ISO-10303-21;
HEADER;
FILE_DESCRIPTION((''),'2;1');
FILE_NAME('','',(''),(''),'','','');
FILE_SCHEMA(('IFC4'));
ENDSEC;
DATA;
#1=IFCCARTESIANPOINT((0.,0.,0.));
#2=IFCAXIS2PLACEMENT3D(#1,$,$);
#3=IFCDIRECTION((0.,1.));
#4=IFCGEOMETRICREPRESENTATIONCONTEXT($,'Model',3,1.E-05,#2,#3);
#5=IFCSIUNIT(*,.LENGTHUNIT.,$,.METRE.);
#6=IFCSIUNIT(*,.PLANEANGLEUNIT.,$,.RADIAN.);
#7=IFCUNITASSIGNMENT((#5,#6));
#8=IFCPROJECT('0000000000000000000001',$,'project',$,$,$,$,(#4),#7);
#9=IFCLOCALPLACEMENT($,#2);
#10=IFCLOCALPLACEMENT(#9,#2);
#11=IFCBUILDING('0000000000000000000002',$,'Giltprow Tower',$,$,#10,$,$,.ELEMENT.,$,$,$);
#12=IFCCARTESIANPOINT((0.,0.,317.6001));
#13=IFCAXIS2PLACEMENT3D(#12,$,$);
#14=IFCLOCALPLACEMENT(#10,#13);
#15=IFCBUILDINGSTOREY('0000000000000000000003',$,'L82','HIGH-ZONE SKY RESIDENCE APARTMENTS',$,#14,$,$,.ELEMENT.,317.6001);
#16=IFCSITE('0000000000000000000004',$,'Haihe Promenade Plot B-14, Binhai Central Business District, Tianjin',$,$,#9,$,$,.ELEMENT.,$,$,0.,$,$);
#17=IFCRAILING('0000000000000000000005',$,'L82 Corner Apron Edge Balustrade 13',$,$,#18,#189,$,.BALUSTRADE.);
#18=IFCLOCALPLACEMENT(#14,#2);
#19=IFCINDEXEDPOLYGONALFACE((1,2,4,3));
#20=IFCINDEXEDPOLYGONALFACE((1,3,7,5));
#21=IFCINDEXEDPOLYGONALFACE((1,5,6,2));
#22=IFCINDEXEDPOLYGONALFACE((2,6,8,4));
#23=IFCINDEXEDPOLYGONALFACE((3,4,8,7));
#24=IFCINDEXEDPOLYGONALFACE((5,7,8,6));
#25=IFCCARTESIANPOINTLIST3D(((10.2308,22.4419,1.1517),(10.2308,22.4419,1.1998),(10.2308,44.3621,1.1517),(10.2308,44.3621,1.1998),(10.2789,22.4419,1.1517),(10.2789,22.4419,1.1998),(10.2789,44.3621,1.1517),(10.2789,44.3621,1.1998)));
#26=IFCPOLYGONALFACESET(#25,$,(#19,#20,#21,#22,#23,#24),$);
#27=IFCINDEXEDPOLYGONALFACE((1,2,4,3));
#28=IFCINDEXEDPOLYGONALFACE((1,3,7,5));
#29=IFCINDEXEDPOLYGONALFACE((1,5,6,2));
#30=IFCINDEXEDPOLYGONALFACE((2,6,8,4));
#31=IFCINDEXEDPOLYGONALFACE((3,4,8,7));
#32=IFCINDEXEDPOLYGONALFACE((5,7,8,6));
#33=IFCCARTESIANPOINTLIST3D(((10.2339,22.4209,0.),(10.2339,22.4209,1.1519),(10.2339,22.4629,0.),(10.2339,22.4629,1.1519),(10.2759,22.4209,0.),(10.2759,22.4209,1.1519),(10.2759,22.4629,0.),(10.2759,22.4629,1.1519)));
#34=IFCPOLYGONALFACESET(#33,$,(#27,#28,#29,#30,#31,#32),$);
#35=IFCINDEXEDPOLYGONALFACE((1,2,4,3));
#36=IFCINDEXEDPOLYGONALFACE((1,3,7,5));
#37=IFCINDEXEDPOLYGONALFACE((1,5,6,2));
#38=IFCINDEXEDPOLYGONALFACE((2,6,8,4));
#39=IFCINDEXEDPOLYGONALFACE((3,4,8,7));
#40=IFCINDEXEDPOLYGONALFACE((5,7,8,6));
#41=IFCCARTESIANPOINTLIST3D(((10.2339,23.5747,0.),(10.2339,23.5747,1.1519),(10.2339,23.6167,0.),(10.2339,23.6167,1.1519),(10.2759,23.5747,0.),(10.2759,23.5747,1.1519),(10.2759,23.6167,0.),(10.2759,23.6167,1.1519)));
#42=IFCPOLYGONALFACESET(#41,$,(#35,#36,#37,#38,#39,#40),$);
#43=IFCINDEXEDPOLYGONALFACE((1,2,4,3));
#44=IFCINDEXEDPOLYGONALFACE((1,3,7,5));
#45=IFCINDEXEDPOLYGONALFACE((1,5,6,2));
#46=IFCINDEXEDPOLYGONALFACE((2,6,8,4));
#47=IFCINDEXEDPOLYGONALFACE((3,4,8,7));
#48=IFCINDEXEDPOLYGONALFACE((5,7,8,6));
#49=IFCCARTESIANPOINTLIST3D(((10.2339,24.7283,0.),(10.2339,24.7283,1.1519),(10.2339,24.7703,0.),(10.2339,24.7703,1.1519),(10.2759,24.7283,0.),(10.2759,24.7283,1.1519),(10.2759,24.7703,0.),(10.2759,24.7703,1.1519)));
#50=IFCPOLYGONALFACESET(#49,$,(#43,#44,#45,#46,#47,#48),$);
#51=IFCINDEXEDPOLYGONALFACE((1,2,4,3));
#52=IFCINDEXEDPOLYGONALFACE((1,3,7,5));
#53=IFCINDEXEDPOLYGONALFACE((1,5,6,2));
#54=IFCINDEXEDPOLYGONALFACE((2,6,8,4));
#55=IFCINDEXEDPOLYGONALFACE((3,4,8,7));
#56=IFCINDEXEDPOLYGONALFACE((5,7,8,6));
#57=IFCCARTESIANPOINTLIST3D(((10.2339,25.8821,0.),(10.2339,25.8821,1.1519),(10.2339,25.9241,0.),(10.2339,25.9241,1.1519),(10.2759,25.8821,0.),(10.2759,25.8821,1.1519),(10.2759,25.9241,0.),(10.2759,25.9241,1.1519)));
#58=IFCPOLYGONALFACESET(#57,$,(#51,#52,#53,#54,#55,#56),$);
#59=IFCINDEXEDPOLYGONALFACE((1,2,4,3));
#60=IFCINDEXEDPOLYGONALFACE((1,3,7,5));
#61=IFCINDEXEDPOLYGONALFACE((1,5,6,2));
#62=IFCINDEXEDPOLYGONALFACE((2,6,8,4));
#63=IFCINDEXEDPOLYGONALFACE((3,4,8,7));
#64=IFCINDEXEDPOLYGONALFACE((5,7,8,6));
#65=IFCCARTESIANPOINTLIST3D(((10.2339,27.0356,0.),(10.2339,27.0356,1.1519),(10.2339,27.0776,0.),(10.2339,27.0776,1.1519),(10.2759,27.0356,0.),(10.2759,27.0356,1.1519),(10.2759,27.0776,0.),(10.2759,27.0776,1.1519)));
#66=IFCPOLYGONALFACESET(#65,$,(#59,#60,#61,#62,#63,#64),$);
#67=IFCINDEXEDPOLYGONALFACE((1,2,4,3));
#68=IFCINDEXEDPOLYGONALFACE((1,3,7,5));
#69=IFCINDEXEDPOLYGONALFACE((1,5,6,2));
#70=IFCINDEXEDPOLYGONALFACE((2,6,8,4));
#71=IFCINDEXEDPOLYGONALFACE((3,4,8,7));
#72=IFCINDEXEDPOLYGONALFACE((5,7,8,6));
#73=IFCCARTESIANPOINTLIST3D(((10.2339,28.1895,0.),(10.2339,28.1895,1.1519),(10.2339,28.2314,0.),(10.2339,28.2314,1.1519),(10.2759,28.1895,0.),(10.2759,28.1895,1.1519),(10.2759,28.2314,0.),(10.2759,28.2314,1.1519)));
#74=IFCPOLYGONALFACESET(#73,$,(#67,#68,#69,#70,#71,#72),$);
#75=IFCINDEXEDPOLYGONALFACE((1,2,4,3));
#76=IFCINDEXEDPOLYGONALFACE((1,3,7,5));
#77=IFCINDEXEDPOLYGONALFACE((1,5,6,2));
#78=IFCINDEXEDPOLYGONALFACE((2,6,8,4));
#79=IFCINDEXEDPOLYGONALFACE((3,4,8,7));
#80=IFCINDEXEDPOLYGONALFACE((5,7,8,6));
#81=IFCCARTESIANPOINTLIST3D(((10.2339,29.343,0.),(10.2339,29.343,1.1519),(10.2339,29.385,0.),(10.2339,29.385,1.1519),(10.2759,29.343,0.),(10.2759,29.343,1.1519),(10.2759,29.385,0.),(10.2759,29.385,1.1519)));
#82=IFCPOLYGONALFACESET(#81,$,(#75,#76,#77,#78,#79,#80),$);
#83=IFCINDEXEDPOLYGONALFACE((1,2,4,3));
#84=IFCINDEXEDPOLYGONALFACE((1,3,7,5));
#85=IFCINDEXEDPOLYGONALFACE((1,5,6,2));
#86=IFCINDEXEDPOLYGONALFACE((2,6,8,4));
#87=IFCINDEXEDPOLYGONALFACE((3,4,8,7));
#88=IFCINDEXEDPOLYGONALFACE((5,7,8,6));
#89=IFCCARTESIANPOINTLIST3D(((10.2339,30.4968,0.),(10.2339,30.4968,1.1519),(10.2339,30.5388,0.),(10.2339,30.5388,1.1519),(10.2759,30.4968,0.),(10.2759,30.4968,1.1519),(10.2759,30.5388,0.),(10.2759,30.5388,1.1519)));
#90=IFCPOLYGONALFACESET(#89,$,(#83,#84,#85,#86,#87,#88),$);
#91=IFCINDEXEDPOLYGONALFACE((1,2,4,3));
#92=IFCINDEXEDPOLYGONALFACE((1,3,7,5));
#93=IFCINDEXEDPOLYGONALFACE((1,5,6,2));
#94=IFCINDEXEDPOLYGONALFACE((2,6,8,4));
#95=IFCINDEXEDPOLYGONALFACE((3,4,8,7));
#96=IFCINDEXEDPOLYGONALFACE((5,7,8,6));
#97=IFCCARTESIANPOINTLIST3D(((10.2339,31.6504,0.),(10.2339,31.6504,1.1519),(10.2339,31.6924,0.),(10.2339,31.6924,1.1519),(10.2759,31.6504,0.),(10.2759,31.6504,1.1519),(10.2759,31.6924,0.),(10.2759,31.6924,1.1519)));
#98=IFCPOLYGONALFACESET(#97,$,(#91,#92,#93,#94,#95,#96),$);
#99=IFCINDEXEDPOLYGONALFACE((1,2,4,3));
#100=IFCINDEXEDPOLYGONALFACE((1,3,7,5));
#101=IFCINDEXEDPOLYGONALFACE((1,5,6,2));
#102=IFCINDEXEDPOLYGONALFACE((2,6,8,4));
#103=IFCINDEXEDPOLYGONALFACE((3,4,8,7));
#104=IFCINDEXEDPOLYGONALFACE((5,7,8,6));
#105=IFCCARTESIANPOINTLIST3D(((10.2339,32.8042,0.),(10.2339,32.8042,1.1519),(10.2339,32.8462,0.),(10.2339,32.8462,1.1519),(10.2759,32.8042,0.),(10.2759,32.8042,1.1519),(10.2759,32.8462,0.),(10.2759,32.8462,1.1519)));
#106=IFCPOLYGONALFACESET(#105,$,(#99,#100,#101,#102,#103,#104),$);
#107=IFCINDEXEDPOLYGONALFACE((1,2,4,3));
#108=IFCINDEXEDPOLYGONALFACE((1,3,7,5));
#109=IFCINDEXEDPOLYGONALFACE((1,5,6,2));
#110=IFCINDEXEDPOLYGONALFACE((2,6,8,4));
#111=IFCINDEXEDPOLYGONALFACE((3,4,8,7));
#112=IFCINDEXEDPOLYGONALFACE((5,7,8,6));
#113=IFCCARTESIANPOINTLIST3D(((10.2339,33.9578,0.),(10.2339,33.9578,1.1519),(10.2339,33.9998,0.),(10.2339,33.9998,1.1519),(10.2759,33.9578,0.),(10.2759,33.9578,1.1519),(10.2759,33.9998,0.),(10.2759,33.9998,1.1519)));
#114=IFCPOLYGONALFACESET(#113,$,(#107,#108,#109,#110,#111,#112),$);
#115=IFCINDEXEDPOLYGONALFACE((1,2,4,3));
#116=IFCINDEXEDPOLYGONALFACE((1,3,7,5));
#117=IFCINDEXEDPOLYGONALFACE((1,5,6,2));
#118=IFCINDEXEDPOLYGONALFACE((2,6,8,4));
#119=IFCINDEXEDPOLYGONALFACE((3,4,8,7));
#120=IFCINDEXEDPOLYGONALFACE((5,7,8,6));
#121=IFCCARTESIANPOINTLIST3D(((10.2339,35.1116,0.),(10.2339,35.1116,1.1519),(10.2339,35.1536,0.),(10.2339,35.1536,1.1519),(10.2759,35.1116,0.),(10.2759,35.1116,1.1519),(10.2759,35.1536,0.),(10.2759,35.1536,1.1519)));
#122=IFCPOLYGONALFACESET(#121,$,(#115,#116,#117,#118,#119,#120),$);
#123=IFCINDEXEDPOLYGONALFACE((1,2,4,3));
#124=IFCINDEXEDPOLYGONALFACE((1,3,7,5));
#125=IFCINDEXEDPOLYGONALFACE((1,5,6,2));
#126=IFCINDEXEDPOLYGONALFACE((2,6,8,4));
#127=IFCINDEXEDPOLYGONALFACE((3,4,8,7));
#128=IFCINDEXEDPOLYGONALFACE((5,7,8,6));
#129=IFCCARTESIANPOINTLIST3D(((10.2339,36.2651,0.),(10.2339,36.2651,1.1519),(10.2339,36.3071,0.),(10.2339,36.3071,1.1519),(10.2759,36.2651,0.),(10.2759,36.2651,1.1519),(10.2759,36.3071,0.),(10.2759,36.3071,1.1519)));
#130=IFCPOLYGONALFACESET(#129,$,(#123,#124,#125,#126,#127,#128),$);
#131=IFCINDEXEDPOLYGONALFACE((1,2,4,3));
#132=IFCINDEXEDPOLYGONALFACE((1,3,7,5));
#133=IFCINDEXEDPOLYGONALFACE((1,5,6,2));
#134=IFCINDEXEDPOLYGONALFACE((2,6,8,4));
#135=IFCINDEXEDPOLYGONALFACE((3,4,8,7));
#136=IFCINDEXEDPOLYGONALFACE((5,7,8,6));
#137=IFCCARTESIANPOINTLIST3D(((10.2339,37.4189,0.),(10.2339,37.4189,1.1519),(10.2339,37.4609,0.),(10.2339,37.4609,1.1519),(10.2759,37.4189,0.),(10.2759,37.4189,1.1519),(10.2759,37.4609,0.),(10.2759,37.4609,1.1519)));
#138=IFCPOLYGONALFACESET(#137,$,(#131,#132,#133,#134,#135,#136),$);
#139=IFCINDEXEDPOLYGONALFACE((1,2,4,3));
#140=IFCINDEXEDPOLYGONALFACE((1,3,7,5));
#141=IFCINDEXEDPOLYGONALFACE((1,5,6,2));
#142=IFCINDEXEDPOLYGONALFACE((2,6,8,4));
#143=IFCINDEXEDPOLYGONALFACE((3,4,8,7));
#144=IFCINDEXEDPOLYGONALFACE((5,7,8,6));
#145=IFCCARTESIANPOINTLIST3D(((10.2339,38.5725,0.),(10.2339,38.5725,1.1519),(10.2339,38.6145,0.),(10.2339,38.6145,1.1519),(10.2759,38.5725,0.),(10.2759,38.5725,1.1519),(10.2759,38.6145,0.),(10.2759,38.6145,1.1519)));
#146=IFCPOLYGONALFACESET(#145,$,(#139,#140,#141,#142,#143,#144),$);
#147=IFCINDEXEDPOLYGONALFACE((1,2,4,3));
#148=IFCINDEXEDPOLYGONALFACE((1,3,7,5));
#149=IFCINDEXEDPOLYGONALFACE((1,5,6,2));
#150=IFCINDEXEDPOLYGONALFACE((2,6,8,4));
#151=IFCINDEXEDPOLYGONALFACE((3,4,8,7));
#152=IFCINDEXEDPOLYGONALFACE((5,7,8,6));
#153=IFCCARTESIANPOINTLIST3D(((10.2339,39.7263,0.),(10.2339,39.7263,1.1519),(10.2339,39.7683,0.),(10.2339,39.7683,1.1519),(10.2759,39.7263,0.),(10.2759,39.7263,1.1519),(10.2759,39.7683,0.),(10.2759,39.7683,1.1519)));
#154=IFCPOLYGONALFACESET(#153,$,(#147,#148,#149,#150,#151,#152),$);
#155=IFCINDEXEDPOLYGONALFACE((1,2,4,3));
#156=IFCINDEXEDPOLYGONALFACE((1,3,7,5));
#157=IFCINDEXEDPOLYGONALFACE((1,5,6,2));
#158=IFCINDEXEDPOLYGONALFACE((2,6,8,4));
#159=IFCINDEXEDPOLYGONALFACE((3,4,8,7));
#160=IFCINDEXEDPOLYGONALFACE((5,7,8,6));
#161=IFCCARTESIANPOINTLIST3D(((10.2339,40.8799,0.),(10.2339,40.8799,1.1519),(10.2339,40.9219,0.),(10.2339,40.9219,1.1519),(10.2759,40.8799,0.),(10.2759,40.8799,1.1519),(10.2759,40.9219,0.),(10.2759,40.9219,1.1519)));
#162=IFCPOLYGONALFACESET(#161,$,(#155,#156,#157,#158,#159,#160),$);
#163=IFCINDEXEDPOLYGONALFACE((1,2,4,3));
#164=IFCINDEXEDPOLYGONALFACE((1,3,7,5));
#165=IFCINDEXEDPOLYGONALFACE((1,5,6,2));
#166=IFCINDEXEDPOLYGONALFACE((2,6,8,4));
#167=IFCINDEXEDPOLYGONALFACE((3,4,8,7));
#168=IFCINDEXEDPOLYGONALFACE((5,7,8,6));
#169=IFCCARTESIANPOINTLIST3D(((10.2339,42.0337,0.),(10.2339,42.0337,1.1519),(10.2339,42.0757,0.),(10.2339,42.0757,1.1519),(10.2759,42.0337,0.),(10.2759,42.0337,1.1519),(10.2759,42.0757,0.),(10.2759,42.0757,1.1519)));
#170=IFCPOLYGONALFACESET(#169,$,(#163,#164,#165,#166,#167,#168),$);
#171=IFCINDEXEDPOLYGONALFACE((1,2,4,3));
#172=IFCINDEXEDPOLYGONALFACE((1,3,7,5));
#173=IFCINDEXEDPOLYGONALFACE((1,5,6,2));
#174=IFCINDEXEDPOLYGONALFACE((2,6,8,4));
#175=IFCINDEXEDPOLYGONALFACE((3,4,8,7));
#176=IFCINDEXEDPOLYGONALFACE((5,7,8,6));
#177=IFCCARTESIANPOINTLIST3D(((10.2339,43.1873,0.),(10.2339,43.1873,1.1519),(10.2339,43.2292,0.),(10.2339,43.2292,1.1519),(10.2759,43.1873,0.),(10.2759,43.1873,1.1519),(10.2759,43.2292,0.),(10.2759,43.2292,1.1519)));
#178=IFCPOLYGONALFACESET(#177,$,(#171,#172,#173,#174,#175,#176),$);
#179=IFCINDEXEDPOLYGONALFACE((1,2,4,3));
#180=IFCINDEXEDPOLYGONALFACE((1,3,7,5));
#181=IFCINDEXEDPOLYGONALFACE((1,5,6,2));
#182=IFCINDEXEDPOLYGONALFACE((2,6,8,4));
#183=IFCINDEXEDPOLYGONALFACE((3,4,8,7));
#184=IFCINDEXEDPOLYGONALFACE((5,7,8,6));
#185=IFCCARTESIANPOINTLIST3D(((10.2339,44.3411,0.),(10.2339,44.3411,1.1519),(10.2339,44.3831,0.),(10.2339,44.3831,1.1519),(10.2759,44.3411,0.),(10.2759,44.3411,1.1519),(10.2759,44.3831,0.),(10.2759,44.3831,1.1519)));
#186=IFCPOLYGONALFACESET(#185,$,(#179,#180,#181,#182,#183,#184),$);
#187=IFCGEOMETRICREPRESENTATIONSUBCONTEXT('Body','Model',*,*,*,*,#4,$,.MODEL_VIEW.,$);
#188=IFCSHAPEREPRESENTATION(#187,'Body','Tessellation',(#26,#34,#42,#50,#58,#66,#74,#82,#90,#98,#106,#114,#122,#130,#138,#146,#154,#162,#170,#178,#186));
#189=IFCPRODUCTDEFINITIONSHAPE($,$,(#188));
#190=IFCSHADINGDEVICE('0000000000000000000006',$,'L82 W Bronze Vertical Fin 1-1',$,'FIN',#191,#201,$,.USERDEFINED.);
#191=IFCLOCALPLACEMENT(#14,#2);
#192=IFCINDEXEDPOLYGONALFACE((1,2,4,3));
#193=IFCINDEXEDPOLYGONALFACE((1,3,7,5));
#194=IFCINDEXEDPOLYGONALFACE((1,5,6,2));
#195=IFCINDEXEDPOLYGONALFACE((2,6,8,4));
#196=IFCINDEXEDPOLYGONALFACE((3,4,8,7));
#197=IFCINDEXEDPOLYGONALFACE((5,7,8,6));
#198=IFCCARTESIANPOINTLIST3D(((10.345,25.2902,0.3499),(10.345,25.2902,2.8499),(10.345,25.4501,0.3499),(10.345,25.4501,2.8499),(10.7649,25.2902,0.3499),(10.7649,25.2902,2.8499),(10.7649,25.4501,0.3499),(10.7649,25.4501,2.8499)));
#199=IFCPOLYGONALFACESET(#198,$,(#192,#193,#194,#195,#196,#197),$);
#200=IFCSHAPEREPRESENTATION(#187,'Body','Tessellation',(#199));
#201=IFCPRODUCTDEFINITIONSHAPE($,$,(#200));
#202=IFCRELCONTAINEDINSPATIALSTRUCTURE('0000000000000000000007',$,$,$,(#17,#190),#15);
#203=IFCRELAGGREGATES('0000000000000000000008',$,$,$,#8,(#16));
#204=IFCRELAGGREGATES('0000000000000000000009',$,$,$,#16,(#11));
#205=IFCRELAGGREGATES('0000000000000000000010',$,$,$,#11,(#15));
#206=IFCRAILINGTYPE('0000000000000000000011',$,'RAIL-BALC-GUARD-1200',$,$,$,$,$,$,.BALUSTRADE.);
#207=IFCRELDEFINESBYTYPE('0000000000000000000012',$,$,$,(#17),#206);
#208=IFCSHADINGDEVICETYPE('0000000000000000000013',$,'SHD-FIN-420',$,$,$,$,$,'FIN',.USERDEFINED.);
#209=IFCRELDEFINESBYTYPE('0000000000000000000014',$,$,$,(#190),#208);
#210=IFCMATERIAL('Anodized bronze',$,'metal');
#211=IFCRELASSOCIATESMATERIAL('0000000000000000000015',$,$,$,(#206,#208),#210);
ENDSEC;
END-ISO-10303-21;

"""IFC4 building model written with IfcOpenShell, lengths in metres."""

from ifc_helpers import new_model, si_unit, direction, frame, origin, origin_2d, place, context, subcontext, project, spatial, rectangle, extrude, source, transform, mapped, material, type_object, element, save


model = new_model("IFC4")

# Units and contexts
model_context = context("Model", 3, precision=1e-05, world=origin(), true_north=direction((0.0, 1.0)))
body_context = subcontext(model_context, "Body", "Model", "MODEL_VIEW")
ifc_project = project(units=[si_unit("LENGTHUNIT", "METRE"), si_unit("PLANEANGLEUNIT", "RADIAN")], contexts=[model_context])

# Site, building, storey
site_placement = place(None, origin())
site = spatial("IfcSite", under=ifc_project, at=site_placement, Name="Haihe Promenade Plot B-14, Binhai Central Business District, Tianjin", CompositionType="ELEMENT", RefElevation=0.0)
building_placement = place(site_placement, origin())
building = spatial("IfcBuilding", under=site, at=building_placement, Name="Giltprow Tower", CompositionType="ELEMENT")
storey_placement = place(building_placement, frame((0.0, 0.0, 317.6001)))
storey = spatial("IfcBuildingStorey", under=building, at=storey_placement, Name="L82", Description="HIGH-ZONE SKY RESIDENCE APARTMENTS", CompositionType="ELEMENT", Elevation=317.6001)

# Railing
ifc_material_1 = material(Name="Anodized bronze", Category="metal")
railing_type = type_object("IfcRailingType", Name="RAIL-BALC-GUARD-1200", PredefinedType="BALUSTRADE", material=ifc_material_1)
railing_1_placement = place(storey_placement, frame((10.2549, 22.4419, 0.0)))
element("IfcRailing", 1, at=railing_1_placement, inside=storey, type_object=railing_type, Name="L82 Corner Apron Edge Balustrade 13", PredefinedType="BALUSTRADE", context=body_context, shape_type="SweptSolid", body=[
    extrude(rectangle(XDim=0.0481, YDim=0.0481, at=origin_2d()), frame((0.0, 0.0, 1.1758), z_axis=(0.0, 1.0, 0.0), x_axis=(-1.0, 0.0, 0.0)), (0.0, 0.0, 1.0), 21.9202),
    extrude(rectangle(XDim=0.042, YDim=0.042, at=origin_2d()), origin(), (0.0, 0.0, 1.0), 1.1519),
    extrude(rectangle(XDim=0.042, YDim=0.042, at=origin_2d()), frame((0.0, 1.1538, 0.0)), (0.0, 0.0, 1.0), 1.1519),
    extrude(rectangle(XDim=0.042, YDim=0.042, at=origin_2d()), frame((0.0, 2.3074, 0.0)), (0.0, 0.0, 1.0), 1.1519),
    extrude(rectangle(XDim=0.042, YDim=0.042, at=origin_2d()), frame((0.0, 3.4612, 0.0)), (0.0, 0.0, 1.0), 1.1519),
    extrude(rectangle(XDim=0.042, YDim=0.042, at=origin_2d()), frame((0.0, 4.6147, 0.0)), (0.0, 0.0, 1.0), 1.1519),
    extrude(rectangle(XDim=0.042, YDim=0.042, at=origin_2d()), frame((0.0, 5.7686, 0.0)), (0.0, 0.0, 1.0), 1.1519),
    extrude(rectangle(XDim=0.042, YDim=0.042, at=origin_2d()), frame((0.0, 6.9221, 0.0)), (0.0, 0.0, 1.0), 1.1519),
    extrude(rectangle(XDim=0.042, YDim=0.042, at=origin_2d()), frame((0.0, 8.0759, 0.0)), (0.0, 0.0, 1.0), 1.1519),
    extrude(rectangle(XDim=0.042, YDim=0.042, at=origin_2d()), frame((0.0, 9.2295, 0.0)), (0.0, 0.0, 1.0), 1.1519),
    extrude(rectangle(XDim=0.042, YDim=0.042, at=origin_2d()), frame((0.0, 10.3833, 0.0)), (0.0, 0.0, 1.0), 1.1519),
    extrude(rectangle(XDim=0.042, YDim=0.042, at=origin_2d()), frame((0.0, 11.5369, 0.0)), (0.0, 0.0, 1.0), 1.1519),
    extrude(rectangle(XDim=0.042, YDim=0.042, at=origin_2d()), frame((0.0, 12.6907, 0.0)), (0.0, 0.0, 1.0), 1.1519),
    extrude(rectangle(XDim=0.042, YDim=0.042, at=origin_2d()), frame((0.0, 13.8442, 0.0)), (0.0, 0.0, 1.0), 1.1519),
    extrude(rectangle(XDim=0.042, YDim=0.042, at=origin_2d()), frame((0.0, 14.998, 0.0)), (0.0, 0.0, 1.0), 1.1519),
    extrude(rectangle(XDim=0.042, YDim=0.042, at=origin_2d()), frame((0.0, 16.1516, 0.0)), (0.0, 0.0, 1.0), 1.1519),
    extrude(rectangle(XDim=0.042, YDim=0.042, at=origin_2d()), frame((0.0, 17.3054, 0.0)), (0.0, 0.0, 1.0), 1.1519),
    extrude(rectangle(XDim=0.042, YDim=0.042, at=origin_2d()), frame((0.0, 18.459, 0.0)), (0.0, 0.0, 1.0), 1.1519),
    extrude(rectangle(XDim=0.042, YDim=0.042, at=origin_2d()), frame((0.0, 19.6128, 0.0)), (0.0, 0.0, 1.0), 1.1519),
    extrude(rectangle(XDim=0.042, YDim=0.042, at=origin_2d()), frame((0.0, 20.7664, 0.0)), (0.0, 0.0, 1.0), 1.1519),
    extrude(rectangle(XDim=0.042, YDim=0.042, at=origin_2d()), frame((0.0, 21.9202, 0.0)), (0.0, 0.0, 1.0), 1.1519),
])

# Shading device
shading_device_type = type_object("IfcShadingDeviceType", Name="SHD-FIN-420", ElementType="FIN", PredefinedType="USERDEFINED", material=ifc_material_1)
shared_shape_1 = source(origin(), body_context, "Body", "SweptSolid", [
    extrude(rectangle(XDim=0.4199, YDim=0.1599, at=origin_2d()), origin(), (0.0, 0.0, 1.0), 2.5),
])
shading_device_placement = place(storey_placement, frame((10.5549, 25.3701, 0.3499), z_axis=(0.0, 0.0, 1.0), x_axis=(1.0, 0.0, 0.0)))
element("IfcShadingDevice", 2, at=shading_device_placement, inside=storey, type_object=shading_device_type, Name="L82 W Bronze Vertical Fin 1-1", ObjectType="FIN", PredefinedType="USERDEFINED", context=body_context, shape_type="MappedRepresentation", body=[
    mapped(shared_shape_1, transform((0.0, 0.0, 0.0), x_axis=(1.0, 0.0, 0.0), y_axis=(0.0, 1.0, 0.0), z_axis=(0.0, 0.0, 1.0), scale=1.0)),
])

save(model, "model.ifc")
